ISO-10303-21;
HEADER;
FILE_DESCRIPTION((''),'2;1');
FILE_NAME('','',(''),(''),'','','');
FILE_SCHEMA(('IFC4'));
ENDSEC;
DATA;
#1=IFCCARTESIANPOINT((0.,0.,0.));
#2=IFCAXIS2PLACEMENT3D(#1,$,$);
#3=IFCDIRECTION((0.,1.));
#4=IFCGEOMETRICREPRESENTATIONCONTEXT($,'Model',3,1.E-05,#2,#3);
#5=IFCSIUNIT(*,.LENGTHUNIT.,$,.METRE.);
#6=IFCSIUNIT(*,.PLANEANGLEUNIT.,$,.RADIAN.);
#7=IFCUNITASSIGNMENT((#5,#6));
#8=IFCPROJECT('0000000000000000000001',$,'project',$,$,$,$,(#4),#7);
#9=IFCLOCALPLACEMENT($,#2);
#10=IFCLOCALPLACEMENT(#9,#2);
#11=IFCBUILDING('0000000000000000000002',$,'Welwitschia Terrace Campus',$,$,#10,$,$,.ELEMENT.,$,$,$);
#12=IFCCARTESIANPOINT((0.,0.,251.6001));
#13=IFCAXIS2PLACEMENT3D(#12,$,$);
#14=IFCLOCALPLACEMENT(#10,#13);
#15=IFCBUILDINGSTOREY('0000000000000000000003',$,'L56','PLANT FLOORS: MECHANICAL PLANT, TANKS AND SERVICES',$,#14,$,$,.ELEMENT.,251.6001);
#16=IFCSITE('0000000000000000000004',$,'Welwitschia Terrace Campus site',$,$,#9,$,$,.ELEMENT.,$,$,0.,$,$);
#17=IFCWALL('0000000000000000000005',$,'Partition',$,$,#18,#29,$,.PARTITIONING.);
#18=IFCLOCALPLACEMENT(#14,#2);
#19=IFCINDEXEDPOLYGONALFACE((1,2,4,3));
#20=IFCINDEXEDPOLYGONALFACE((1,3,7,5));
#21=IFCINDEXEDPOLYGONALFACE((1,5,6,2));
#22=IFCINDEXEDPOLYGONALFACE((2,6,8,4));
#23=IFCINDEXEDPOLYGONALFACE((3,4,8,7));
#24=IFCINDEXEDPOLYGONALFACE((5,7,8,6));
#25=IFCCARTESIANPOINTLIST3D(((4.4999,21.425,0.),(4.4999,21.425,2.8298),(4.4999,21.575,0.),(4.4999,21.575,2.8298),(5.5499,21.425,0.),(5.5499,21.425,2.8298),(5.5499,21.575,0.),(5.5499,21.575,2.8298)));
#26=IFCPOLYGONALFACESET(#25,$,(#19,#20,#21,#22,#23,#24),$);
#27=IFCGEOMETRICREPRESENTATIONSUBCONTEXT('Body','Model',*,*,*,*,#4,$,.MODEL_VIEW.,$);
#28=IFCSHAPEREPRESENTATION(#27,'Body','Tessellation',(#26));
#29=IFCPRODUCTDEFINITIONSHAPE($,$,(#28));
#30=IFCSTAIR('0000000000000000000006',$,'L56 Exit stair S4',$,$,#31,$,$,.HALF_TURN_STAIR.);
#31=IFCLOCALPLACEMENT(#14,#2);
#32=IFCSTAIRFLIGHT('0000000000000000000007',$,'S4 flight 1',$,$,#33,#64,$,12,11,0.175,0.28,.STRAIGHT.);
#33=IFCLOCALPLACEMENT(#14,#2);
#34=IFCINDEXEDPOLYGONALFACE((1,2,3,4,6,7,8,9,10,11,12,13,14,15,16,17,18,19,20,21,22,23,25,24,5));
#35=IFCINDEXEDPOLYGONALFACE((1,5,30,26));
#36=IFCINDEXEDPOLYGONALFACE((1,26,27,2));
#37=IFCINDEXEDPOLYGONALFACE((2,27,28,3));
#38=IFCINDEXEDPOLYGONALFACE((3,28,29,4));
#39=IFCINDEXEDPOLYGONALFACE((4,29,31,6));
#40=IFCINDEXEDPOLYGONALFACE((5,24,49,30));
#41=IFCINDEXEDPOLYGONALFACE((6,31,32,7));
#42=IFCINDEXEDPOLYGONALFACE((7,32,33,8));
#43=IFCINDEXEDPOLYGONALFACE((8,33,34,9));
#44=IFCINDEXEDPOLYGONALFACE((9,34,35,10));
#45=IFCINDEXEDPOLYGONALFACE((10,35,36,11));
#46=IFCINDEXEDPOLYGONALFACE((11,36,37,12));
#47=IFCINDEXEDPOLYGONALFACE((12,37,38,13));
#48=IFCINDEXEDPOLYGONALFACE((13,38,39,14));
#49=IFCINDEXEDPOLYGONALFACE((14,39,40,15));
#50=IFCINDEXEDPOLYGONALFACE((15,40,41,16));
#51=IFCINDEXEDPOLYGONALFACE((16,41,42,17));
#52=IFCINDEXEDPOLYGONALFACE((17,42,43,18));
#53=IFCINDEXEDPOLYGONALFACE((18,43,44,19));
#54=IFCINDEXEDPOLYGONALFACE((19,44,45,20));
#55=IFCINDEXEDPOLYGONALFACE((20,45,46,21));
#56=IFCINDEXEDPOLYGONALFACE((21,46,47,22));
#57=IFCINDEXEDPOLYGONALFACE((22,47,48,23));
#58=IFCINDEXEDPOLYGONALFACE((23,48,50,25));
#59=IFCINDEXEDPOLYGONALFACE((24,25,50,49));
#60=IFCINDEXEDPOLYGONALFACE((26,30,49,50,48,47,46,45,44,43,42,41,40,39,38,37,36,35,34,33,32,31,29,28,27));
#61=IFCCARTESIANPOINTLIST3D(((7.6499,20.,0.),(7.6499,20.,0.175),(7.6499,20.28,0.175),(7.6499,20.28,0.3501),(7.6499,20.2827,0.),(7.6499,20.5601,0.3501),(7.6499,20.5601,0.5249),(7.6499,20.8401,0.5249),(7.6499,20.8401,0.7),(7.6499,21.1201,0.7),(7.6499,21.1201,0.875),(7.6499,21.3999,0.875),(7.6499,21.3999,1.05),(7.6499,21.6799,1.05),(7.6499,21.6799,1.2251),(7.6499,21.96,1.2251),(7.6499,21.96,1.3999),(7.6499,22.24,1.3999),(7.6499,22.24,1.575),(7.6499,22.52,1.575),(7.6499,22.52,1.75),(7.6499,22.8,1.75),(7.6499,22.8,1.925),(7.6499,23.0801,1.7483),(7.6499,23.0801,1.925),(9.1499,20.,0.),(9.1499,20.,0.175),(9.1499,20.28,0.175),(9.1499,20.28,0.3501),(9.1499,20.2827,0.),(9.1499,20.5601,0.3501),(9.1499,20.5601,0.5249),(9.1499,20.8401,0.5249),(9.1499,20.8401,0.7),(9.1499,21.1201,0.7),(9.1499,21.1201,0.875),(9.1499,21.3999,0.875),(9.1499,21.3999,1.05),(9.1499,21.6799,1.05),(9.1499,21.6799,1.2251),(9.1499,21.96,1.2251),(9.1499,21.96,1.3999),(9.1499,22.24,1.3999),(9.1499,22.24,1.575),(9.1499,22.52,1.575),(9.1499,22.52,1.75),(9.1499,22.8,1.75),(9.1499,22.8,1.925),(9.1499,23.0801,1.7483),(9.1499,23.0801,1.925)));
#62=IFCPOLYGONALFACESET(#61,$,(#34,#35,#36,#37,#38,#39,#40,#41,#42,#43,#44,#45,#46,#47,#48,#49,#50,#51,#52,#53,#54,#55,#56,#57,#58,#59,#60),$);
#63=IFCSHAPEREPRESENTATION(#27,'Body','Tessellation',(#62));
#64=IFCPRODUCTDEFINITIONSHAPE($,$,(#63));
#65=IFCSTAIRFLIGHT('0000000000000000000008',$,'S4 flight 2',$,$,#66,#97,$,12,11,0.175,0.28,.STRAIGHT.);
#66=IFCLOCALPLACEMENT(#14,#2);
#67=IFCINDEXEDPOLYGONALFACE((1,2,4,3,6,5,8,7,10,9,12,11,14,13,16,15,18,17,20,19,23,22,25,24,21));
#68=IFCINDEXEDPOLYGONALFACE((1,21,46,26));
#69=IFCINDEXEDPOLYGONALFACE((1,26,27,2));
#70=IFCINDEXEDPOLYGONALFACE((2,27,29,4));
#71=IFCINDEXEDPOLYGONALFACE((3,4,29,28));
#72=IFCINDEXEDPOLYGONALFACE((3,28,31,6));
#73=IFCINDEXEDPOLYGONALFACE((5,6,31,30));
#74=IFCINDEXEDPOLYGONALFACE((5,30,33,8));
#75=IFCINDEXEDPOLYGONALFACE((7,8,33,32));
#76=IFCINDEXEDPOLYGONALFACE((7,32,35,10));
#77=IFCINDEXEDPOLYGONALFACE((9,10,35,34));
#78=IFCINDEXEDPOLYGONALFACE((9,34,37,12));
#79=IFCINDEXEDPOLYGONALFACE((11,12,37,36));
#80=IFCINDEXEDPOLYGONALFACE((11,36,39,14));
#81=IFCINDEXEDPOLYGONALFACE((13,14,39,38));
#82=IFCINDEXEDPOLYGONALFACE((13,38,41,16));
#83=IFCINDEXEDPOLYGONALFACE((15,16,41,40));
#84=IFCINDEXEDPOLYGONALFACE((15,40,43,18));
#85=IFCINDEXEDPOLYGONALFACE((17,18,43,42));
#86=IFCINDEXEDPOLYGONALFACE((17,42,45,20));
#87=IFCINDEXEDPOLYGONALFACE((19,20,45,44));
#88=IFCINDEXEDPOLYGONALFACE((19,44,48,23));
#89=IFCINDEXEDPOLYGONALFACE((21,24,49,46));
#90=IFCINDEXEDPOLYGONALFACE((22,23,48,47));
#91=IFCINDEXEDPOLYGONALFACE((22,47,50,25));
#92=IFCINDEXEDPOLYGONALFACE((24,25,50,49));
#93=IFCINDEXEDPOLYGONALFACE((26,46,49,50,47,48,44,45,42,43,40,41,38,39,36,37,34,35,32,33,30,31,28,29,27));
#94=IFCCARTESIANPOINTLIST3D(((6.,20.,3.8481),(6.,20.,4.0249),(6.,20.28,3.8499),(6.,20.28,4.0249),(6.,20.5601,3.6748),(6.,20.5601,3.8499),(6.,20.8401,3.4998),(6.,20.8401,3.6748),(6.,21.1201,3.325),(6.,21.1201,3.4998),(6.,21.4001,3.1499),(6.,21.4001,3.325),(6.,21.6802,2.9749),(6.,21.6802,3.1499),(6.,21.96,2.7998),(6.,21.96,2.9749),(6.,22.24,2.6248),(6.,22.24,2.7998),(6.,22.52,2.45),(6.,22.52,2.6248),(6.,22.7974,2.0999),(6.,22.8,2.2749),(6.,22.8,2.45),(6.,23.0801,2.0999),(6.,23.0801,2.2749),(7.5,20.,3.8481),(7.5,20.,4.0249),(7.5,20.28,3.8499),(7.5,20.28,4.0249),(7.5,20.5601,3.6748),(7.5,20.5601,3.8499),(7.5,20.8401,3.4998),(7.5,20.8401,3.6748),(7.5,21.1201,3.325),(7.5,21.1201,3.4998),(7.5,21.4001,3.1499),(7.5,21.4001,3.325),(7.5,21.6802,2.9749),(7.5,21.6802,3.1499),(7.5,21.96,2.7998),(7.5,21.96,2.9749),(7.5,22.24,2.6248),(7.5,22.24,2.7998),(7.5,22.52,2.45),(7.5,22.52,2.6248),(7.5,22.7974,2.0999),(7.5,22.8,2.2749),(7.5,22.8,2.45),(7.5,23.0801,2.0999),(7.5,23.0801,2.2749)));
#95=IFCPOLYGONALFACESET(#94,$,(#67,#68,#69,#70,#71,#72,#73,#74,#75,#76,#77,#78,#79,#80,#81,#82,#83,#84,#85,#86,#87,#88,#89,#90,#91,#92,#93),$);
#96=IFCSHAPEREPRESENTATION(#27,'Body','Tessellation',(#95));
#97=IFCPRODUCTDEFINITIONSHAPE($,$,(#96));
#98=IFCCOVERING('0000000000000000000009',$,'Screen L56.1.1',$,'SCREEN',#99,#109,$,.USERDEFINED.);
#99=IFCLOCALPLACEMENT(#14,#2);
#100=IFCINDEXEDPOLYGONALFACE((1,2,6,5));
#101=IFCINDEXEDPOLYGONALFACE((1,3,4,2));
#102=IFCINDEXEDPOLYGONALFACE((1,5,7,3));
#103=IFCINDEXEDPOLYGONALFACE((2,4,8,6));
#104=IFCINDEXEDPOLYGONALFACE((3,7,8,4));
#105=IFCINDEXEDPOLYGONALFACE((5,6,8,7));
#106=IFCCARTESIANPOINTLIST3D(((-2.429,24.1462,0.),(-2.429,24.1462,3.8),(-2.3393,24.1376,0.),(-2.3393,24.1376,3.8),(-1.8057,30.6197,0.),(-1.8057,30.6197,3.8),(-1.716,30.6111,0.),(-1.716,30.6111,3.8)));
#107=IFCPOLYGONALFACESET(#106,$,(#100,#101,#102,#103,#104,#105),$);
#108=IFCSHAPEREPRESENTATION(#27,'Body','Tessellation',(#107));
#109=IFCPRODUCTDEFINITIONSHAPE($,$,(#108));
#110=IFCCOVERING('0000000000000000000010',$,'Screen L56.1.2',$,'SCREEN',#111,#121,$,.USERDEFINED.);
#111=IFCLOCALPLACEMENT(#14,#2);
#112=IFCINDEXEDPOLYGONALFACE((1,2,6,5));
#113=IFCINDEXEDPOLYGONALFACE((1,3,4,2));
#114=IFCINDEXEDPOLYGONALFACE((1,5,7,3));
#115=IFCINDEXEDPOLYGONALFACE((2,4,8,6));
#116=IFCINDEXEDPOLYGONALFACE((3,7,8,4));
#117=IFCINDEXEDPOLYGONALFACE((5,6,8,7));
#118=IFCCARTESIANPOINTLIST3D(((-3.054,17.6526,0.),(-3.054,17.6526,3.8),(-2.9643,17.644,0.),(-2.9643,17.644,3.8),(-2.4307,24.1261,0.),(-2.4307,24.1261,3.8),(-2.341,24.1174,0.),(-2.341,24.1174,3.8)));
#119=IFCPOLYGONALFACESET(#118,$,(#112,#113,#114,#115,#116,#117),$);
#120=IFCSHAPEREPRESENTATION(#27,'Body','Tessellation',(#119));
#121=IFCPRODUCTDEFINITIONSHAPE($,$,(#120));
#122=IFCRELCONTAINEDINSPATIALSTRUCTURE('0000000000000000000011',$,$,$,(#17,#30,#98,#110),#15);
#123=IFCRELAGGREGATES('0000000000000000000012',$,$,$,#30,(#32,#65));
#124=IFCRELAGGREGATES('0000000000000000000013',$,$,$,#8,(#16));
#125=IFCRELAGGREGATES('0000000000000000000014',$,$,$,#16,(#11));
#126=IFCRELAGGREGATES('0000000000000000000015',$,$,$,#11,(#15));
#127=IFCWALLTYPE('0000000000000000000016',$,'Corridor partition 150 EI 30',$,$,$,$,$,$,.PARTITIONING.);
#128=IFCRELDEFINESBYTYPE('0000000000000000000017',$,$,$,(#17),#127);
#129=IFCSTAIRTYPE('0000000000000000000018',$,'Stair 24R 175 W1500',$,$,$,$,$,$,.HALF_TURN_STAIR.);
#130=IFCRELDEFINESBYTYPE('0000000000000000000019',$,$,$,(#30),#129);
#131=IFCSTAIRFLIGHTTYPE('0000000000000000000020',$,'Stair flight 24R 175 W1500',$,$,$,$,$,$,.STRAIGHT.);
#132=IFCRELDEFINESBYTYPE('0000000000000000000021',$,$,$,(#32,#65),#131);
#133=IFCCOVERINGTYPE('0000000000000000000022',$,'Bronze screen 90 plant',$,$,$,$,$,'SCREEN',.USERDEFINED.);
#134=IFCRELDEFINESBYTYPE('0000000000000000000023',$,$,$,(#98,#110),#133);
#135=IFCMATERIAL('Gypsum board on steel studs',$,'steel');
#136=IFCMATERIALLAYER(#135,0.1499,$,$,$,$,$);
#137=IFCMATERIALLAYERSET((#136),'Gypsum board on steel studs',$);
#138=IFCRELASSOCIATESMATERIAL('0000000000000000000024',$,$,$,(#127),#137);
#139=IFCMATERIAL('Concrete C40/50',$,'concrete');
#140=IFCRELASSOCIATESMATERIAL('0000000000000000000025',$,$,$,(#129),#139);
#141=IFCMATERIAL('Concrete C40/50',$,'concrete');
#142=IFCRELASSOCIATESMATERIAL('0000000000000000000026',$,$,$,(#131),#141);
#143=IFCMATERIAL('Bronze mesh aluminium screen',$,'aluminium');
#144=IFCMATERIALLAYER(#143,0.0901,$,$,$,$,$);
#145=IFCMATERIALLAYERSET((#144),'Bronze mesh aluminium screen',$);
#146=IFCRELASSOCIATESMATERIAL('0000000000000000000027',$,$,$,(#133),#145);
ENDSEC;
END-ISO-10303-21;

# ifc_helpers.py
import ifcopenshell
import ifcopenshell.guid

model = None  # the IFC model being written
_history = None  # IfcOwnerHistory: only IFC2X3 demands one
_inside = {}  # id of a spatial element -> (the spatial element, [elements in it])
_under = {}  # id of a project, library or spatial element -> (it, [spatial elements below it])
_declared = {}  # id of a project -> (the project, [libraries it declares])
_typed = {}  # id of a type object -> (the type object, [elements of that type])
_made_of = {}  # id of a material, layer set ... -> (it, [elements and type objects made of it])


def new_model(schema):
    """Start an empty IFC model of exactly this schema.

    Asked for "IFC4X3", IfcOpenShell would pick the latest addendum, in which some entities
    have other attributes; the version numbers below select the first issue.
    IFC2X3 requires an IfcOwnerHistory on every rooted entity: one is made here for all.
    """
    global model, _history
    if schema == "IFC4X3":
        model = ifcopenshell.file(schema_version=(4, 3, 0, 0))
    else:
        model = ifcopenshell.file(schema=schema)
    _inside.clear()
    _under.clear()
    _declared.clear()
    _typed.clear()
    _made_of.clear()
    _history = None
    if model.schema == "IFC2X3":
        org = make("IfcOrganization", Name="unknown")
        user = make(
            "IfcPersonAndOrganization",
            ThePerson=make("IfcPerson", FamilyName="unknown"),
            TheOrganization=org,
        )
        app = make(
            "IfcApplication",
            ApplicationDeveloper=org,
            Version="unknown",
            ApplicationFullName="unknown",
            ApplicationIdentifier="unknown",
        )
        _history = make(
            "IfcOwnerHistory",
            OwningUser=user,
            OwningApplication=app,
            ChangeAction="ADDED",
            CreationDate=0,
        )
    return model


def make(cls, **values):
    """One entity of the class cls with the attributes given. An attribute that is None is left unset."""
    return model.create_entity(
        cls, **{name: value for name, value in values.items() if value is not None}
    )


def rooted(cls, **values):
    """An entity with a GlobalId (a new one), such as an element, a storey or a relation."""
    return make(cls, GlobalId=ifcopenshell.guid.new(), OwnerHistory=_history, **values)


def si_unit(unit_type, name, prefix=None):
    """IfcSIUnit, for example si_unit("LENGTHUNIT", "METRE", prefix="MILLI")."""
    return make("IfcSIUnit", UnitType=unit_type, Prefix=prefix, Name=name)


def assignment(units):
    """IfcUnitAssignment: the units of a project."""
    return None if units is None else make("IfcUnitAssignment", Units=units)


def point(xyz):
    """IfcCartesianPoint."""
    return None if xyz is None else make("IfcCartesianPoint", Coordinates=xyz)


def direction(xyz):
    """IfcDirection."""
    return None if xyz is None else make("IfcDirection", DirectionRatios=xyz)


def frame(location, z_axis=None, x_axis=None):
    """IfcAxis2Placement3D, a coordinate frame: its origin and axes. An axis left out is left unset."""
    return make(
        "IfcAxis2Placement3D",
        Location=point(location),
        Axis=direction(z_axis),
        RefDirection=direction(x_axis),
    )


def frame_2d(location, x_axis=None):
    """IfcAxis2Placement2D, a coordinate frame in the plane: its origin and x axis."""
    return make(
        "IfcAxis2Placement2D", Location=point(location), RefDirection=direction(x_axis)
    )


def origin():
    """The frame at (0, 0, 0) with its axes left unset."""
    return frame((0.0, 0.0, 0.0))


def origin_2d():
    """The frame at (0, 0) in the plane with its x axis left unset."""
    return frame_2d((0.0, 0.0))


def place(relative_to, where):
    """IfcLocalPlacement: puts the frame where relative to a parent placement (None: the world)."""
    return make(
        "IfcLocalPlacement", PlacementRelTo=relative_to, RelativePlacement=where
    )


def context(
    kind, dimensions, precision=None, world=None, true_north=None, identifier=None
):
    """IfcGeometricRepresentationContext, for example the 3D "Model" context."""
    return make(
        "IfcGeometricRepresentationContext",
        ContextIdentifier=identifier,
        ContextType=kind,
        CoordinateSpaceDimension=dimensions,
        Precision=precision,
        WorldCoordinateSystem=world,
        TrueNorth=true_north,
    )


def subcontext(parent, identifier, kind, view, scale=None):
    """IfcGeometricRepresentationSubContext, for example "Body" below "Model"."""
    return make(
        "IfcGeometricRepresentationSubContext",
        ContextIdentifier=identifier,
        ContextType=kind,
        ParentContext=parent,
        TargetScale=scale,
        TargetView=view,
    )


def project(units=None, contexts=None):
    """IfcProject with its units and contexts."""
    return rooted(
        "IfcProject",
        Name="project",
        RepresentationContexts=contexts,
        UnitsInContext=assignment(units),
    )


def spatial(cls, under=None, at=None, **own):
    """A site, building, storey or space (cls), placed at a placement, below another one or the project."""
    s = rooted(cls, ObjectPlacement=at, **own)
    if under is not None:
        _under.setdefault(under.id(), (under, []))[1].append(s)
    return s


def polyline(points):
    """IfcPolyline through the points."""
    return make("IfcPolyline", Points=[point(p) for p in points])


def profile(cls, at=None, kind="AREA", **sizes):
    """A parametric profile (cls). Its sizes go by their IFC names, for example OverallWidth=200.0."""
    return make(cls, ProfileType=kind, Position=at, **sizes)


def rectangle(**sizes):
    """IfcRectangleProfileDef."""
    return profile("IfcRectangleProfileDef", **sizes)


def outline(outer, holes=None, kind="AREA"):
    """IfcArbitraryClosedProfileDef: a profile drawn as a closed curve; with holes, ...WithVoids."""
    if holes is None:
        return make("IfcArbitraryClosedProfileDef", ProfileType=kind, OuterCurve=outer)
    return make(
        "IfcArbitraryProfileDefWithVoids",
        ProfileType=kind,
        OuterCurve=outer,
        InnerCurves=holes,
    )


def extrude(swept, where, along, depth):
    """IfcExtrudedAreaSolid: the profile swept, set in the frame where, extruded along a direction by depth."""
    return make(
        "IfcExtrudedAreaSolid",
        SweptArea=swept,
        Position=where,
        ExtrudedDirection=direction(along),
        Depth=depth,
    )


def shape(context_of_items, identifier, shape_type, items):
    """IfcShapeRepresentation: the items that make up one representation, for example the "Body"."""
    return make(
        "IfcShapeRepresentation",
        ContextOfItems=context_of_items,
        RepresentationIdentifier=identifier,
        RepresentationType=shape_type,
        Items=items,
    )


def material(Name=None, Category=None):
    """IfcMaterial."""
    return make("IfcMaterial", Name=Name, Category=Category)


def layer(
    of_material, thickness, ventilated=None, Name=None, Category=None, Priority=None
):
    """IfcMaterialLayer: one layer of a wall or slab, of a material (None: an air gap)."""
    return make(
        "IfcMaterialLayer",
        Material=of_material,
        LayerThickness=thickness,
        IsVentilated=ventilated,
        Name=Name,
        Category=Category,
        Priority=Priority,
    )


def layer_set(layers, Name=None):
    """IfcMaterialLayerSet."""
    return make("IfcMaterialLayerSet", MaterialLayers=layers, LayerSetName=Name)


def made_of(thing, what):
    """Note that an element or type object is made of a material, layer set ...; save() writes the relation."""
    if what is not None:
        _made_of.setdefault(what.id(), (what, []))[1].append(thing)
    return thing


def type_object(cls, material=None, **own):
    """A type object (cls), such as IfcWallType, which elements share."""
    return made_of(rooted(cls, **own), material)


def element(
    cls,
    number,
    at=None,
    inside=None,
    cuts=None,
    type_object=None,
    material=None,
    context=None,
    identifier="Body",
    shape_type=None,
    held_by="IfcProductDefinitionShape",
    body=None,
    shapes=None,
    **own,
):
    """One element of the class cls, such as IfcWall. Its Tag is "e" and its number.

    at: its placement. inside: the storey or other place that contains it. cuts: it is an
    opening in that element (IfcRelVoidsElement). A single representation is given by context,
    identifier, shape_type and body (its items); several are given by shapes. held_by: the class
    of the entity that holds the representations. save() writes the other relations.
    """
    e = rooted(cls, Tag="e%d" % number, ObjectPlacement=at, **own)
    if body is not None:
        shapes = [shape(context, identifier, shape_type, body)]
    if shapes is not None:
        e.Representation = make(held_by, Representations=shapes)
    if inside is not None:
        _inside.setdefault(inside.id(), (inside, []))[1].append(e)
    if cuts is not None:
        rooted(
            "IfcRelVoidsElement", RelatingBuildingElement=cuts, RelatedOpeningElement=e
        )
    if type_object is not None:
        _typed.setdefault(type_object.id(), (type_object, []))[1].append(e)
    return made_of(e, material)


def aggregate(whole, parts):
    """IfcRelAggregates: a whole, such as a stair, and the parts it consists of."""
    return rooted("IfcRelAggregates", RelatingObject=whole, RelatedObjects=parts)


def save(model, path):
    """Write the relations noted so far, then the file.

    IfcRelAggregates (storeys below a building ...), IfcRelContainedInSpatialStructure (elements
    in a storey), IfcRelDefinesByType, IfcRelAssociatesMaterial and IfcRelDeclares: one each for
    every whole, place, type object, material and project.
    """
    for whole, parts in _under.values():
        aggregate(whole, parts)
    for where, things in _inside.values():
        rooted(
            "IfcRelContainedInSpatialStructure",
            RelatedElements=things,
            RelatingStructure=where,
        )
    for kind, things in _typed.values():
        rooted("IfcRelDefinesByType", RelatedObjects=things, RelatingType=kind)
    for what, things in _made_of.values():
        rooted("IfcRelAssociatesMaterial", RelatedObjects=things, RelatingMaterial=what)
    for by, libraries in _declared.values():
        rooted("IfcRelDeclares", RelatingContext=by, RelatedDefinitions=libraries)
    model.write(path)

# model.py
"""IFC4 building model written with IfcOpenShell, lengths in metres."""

from ifc_helpers import new_model, si_unit, direction, frame, frame_2d, origin, origin_2d, place, context, subcontext, project, spatial, polyline, rectangle, outline, extrude, material, layer, layer_set, type_object, element, aggregate, save


model = new_model("IFC4")

# Units and contexts
model_context = context("Model", 3, precision=1e-05, world=origin(), true_north=direction((0.0, 1.0)))
body_context = subcontext(model_context, "Body", "Model", "MODEL_VIEW")
ifc_project = project(units=[si_unit("LENGTHUNIT", "METRE"), si_unit("PLANEANGLEUNIT", "RADIAN")], contexts=[model_context])

# Site, building, storey
site_placement = place(None, origin())
site = spatial("IfcSite", under=ifc_project, at=site_placement, Name="Welwitschia Terrace Campus site", CompositionType="ELEMENT", RefElevation=0.0)
building_placement = place(site_placement, origin())
building = spatial("IfcBuilding", under=site, at=building_placement, Name="Welwitschia Terrace Campus", CompositionType="ELEMENT")
storey_placement = place(building_placement, frame((0.0, 0.0, 251.6001)))
storey = spatial("IfcBuildingStorey", under=building, at=storey_placement, Name="L56", Description="PLANT FLOORS: MECHANICAL PLANT, TANKS AND SERVICES", CompositionType="ELEMENT", Elevation=251.6001)

# Wall
ifc_material_1 = material(Name="Gypsum board on steel studs", Category="steel")
ifc_layer_1 = layer(ifc_material_1, 0.1499)
ifc_layer_set_1 = layer_set([ifc_layer_1], Name="Gypsum board on steel studs")
wall_type_1 = type_object("IfcWallType", Name="Corridor partition 150 EI 30", PredefinedType="PARTITIONING", material=ifc_layer_set_1)
for number, where, z_axis, x_axis, name in (
    (1, (4.5, 21.5, 0.0), (0.0, 0.0, 1.0), (1.0, 0.0, 0.0), "Partition"),
):
    element("IfcWall", number, at=place(storey_placement, frame(where, z_axis=z_axis, x_axis=x_axis)), inside=storey, type_object=wall_type_1, Name=name, PredefinedType="PARTITIONING", context=body_context, shape_type="SweptSolid", body=[
        extrude(rectangle(XDim=1.05, YDim=0.1499, at=frame_2d((0.5249, 0.0))), origin(), (0.0, 0.0, 1.0), 2.8298),
    ])

# Stair, stair flights
ifc_material_2 = material(Name="Concrete C40/50", Category="concrete")
stair_type = type_object("IfcStairType", Name="Stair 24R 175 W1500", PredefinedType="HALF_TURN_STAIR", material=ifc_material_2)
stair_placement = place(storey_placement, origin())
stair = element("IfcStair", 2, at=stair_placement, inside=storey, type_object=stair_type, Name="L56 Exit stair S4", PredefinedType="HALF_TURN_STAIR")
ifc_material_3 = material(Name="Concrete C40/50", Category="concrete")
stair_flight_type = type_object("IfcStairFlightType", Name="Stair flight 24R 175 W1500", PredefinedType="STRAIGHT", material=ifc_material_3)
stair_flight_1_placement = place(storey_placement, frame((8.3999, 20.0, 0.0), z_axis=(0.0, 0.0, 1.0), x_axis=(0.0, 1.0, 0.0)))
stair_flight_1 = element("IfcStairFlight", 3, at=stair_flight_1_placement, type_object=stair_flight_type, Name="S4 flight 1", NumberOfRisers=12, NumberOfTreads=11, PredefinedType="STRAIGHT", RiserHeight=0.175, TreadLength=0.28, context=body_context, shape_type="SweptSolid", body=[
    extrude(outline(polyline([(0.0, 0.0), (0.0, 0.175), (0.28, 0.175), (0.28, 0.3501), (0.5601, 0.3501), (0.5601, 0.5249), (0.8401, 0.5249), (0.8401, 0.7), (1.1201, 0.7), (1.1201, 0.875), (1.3999, 0.875), (1.3999, 1.05), (1.6799, 1.05), (1.6799, 1.2251), (1.96, 1.2251), (1.96, 1.3999), (2.24, 1.3999), (2.24, 1.575), (2.52, 1.575), (2.52, 1.75), (2.8, 1.75), (2.8, 1.925), (3.0801, 1.925), (3.0801, 2.1001), (3.0801, 1.7483), (0.2827, 0.0), (0.0, 0.0)])), frame((0.0, 0.75, 0.0), z_axis=(0.0, -1.0, 0.0), x_axis=(1.0, 0.0, 0.0)), (0.0, 0.0, 1.0), 1.5),
])
stair_flight_2_placement = place(storey_placement, frame((6.75, 23.0801, 2.0999), z_axis=(0.0, 0.0, 1.0), x_axis=(0.0, -1.0, 0.0)))
stair_flight_2 = element("IfcStairFlight", 4, at=stair_flight_2_placement, type_object=stair_flight_type, Name="S4 flight 2", NumberOfRisers=12, NumberOfTreads=11, PredefinedType="STRAIGHT", RiserHeight=0.175, TreadLength=0.28, context=body_context, shape_type="SweptSolid", body=[
    extrude(outline(polyline([(0.0, 0.0), (0.0, 0.175), (0.28, 0.175), (0.28, 0.3501), (0.5601, 0.3501), (0.5601, 0.5249), (0.8401, 0.5249), (0.8401, 0.7), (1.1201, 0.7), (1.1201, 0.875), (1.3999, 0.875), (1.3999, 1.05), (1.6799, 1.05), (1.6799, 1.2251), (1.96, 1.2251), (1.96, 1.3999), (2.24, 1.3999), (2.24, 1.575), (2.52, 1.575), (2.52, 1.75), (2.8, 1.75), (2.8, 1.925), (3.0801, 1.925), (3.0801, 2.1001), (3.0801, 1.7483), (0.2827, 0.0), (0.0, 0.0)])), frame((0.0, 0.75, 0.0), z_axis=(0.0, -1.0, 0.0), x_axis=(1.0, 0.0, 0.0)), (0.0, 0.0, 1.0), 1.5),
])
aggregate(stair, [stair_flight_1, stair_flight_2])

# Coverings
ifc_material_4 = material(Name="Bronze mesh aluminium screen", Category="aluminium")
ifc_layer_2 = layer(ifc_material_4, 0.0901)
ifc_layer_set_2 = layer_set([ifc_layer_2], Name="Bronze mesh aluminium screen")
covering_type = type_object("IfcCoveringType", Name="Bronze screen 90 plant", ElementType="SCREEN", PredefinedType="USERDEFINED", material=ifc_layer_set_2)
for number, where, z_axis, x_axis, name in (
    (5, (-2.0725, 27.3787, 0.0), (0.0, 0.0, 1.0), (-0.095846, -0.995396, 0.0), "Screen L56.1.1"),
    (6, (-2.6975, 20.885, 0.0), (0.0, 0.0, 1.0), (-0.095846, -0.995396, 0.0), "Screen L56.1.2"),
):
    element("IfcCovering", number, at=place(storey_placement, frame(where, z_axis=z_axis, x_axis=x_axis)), inside=storey, type_object=covering_type, Name=name, ObjectType="SCREEN", PredefinedType="USERDEFINED", context=body_context, shape_type="SweptSolid", body=[
        extrude(rectangle(XDim=6.5034, YDim=0.0901, at=origin_2d()), origin(), (0.0, 0.0, 1.0), 3.8),
    ])

save(model, "model.ifc")
